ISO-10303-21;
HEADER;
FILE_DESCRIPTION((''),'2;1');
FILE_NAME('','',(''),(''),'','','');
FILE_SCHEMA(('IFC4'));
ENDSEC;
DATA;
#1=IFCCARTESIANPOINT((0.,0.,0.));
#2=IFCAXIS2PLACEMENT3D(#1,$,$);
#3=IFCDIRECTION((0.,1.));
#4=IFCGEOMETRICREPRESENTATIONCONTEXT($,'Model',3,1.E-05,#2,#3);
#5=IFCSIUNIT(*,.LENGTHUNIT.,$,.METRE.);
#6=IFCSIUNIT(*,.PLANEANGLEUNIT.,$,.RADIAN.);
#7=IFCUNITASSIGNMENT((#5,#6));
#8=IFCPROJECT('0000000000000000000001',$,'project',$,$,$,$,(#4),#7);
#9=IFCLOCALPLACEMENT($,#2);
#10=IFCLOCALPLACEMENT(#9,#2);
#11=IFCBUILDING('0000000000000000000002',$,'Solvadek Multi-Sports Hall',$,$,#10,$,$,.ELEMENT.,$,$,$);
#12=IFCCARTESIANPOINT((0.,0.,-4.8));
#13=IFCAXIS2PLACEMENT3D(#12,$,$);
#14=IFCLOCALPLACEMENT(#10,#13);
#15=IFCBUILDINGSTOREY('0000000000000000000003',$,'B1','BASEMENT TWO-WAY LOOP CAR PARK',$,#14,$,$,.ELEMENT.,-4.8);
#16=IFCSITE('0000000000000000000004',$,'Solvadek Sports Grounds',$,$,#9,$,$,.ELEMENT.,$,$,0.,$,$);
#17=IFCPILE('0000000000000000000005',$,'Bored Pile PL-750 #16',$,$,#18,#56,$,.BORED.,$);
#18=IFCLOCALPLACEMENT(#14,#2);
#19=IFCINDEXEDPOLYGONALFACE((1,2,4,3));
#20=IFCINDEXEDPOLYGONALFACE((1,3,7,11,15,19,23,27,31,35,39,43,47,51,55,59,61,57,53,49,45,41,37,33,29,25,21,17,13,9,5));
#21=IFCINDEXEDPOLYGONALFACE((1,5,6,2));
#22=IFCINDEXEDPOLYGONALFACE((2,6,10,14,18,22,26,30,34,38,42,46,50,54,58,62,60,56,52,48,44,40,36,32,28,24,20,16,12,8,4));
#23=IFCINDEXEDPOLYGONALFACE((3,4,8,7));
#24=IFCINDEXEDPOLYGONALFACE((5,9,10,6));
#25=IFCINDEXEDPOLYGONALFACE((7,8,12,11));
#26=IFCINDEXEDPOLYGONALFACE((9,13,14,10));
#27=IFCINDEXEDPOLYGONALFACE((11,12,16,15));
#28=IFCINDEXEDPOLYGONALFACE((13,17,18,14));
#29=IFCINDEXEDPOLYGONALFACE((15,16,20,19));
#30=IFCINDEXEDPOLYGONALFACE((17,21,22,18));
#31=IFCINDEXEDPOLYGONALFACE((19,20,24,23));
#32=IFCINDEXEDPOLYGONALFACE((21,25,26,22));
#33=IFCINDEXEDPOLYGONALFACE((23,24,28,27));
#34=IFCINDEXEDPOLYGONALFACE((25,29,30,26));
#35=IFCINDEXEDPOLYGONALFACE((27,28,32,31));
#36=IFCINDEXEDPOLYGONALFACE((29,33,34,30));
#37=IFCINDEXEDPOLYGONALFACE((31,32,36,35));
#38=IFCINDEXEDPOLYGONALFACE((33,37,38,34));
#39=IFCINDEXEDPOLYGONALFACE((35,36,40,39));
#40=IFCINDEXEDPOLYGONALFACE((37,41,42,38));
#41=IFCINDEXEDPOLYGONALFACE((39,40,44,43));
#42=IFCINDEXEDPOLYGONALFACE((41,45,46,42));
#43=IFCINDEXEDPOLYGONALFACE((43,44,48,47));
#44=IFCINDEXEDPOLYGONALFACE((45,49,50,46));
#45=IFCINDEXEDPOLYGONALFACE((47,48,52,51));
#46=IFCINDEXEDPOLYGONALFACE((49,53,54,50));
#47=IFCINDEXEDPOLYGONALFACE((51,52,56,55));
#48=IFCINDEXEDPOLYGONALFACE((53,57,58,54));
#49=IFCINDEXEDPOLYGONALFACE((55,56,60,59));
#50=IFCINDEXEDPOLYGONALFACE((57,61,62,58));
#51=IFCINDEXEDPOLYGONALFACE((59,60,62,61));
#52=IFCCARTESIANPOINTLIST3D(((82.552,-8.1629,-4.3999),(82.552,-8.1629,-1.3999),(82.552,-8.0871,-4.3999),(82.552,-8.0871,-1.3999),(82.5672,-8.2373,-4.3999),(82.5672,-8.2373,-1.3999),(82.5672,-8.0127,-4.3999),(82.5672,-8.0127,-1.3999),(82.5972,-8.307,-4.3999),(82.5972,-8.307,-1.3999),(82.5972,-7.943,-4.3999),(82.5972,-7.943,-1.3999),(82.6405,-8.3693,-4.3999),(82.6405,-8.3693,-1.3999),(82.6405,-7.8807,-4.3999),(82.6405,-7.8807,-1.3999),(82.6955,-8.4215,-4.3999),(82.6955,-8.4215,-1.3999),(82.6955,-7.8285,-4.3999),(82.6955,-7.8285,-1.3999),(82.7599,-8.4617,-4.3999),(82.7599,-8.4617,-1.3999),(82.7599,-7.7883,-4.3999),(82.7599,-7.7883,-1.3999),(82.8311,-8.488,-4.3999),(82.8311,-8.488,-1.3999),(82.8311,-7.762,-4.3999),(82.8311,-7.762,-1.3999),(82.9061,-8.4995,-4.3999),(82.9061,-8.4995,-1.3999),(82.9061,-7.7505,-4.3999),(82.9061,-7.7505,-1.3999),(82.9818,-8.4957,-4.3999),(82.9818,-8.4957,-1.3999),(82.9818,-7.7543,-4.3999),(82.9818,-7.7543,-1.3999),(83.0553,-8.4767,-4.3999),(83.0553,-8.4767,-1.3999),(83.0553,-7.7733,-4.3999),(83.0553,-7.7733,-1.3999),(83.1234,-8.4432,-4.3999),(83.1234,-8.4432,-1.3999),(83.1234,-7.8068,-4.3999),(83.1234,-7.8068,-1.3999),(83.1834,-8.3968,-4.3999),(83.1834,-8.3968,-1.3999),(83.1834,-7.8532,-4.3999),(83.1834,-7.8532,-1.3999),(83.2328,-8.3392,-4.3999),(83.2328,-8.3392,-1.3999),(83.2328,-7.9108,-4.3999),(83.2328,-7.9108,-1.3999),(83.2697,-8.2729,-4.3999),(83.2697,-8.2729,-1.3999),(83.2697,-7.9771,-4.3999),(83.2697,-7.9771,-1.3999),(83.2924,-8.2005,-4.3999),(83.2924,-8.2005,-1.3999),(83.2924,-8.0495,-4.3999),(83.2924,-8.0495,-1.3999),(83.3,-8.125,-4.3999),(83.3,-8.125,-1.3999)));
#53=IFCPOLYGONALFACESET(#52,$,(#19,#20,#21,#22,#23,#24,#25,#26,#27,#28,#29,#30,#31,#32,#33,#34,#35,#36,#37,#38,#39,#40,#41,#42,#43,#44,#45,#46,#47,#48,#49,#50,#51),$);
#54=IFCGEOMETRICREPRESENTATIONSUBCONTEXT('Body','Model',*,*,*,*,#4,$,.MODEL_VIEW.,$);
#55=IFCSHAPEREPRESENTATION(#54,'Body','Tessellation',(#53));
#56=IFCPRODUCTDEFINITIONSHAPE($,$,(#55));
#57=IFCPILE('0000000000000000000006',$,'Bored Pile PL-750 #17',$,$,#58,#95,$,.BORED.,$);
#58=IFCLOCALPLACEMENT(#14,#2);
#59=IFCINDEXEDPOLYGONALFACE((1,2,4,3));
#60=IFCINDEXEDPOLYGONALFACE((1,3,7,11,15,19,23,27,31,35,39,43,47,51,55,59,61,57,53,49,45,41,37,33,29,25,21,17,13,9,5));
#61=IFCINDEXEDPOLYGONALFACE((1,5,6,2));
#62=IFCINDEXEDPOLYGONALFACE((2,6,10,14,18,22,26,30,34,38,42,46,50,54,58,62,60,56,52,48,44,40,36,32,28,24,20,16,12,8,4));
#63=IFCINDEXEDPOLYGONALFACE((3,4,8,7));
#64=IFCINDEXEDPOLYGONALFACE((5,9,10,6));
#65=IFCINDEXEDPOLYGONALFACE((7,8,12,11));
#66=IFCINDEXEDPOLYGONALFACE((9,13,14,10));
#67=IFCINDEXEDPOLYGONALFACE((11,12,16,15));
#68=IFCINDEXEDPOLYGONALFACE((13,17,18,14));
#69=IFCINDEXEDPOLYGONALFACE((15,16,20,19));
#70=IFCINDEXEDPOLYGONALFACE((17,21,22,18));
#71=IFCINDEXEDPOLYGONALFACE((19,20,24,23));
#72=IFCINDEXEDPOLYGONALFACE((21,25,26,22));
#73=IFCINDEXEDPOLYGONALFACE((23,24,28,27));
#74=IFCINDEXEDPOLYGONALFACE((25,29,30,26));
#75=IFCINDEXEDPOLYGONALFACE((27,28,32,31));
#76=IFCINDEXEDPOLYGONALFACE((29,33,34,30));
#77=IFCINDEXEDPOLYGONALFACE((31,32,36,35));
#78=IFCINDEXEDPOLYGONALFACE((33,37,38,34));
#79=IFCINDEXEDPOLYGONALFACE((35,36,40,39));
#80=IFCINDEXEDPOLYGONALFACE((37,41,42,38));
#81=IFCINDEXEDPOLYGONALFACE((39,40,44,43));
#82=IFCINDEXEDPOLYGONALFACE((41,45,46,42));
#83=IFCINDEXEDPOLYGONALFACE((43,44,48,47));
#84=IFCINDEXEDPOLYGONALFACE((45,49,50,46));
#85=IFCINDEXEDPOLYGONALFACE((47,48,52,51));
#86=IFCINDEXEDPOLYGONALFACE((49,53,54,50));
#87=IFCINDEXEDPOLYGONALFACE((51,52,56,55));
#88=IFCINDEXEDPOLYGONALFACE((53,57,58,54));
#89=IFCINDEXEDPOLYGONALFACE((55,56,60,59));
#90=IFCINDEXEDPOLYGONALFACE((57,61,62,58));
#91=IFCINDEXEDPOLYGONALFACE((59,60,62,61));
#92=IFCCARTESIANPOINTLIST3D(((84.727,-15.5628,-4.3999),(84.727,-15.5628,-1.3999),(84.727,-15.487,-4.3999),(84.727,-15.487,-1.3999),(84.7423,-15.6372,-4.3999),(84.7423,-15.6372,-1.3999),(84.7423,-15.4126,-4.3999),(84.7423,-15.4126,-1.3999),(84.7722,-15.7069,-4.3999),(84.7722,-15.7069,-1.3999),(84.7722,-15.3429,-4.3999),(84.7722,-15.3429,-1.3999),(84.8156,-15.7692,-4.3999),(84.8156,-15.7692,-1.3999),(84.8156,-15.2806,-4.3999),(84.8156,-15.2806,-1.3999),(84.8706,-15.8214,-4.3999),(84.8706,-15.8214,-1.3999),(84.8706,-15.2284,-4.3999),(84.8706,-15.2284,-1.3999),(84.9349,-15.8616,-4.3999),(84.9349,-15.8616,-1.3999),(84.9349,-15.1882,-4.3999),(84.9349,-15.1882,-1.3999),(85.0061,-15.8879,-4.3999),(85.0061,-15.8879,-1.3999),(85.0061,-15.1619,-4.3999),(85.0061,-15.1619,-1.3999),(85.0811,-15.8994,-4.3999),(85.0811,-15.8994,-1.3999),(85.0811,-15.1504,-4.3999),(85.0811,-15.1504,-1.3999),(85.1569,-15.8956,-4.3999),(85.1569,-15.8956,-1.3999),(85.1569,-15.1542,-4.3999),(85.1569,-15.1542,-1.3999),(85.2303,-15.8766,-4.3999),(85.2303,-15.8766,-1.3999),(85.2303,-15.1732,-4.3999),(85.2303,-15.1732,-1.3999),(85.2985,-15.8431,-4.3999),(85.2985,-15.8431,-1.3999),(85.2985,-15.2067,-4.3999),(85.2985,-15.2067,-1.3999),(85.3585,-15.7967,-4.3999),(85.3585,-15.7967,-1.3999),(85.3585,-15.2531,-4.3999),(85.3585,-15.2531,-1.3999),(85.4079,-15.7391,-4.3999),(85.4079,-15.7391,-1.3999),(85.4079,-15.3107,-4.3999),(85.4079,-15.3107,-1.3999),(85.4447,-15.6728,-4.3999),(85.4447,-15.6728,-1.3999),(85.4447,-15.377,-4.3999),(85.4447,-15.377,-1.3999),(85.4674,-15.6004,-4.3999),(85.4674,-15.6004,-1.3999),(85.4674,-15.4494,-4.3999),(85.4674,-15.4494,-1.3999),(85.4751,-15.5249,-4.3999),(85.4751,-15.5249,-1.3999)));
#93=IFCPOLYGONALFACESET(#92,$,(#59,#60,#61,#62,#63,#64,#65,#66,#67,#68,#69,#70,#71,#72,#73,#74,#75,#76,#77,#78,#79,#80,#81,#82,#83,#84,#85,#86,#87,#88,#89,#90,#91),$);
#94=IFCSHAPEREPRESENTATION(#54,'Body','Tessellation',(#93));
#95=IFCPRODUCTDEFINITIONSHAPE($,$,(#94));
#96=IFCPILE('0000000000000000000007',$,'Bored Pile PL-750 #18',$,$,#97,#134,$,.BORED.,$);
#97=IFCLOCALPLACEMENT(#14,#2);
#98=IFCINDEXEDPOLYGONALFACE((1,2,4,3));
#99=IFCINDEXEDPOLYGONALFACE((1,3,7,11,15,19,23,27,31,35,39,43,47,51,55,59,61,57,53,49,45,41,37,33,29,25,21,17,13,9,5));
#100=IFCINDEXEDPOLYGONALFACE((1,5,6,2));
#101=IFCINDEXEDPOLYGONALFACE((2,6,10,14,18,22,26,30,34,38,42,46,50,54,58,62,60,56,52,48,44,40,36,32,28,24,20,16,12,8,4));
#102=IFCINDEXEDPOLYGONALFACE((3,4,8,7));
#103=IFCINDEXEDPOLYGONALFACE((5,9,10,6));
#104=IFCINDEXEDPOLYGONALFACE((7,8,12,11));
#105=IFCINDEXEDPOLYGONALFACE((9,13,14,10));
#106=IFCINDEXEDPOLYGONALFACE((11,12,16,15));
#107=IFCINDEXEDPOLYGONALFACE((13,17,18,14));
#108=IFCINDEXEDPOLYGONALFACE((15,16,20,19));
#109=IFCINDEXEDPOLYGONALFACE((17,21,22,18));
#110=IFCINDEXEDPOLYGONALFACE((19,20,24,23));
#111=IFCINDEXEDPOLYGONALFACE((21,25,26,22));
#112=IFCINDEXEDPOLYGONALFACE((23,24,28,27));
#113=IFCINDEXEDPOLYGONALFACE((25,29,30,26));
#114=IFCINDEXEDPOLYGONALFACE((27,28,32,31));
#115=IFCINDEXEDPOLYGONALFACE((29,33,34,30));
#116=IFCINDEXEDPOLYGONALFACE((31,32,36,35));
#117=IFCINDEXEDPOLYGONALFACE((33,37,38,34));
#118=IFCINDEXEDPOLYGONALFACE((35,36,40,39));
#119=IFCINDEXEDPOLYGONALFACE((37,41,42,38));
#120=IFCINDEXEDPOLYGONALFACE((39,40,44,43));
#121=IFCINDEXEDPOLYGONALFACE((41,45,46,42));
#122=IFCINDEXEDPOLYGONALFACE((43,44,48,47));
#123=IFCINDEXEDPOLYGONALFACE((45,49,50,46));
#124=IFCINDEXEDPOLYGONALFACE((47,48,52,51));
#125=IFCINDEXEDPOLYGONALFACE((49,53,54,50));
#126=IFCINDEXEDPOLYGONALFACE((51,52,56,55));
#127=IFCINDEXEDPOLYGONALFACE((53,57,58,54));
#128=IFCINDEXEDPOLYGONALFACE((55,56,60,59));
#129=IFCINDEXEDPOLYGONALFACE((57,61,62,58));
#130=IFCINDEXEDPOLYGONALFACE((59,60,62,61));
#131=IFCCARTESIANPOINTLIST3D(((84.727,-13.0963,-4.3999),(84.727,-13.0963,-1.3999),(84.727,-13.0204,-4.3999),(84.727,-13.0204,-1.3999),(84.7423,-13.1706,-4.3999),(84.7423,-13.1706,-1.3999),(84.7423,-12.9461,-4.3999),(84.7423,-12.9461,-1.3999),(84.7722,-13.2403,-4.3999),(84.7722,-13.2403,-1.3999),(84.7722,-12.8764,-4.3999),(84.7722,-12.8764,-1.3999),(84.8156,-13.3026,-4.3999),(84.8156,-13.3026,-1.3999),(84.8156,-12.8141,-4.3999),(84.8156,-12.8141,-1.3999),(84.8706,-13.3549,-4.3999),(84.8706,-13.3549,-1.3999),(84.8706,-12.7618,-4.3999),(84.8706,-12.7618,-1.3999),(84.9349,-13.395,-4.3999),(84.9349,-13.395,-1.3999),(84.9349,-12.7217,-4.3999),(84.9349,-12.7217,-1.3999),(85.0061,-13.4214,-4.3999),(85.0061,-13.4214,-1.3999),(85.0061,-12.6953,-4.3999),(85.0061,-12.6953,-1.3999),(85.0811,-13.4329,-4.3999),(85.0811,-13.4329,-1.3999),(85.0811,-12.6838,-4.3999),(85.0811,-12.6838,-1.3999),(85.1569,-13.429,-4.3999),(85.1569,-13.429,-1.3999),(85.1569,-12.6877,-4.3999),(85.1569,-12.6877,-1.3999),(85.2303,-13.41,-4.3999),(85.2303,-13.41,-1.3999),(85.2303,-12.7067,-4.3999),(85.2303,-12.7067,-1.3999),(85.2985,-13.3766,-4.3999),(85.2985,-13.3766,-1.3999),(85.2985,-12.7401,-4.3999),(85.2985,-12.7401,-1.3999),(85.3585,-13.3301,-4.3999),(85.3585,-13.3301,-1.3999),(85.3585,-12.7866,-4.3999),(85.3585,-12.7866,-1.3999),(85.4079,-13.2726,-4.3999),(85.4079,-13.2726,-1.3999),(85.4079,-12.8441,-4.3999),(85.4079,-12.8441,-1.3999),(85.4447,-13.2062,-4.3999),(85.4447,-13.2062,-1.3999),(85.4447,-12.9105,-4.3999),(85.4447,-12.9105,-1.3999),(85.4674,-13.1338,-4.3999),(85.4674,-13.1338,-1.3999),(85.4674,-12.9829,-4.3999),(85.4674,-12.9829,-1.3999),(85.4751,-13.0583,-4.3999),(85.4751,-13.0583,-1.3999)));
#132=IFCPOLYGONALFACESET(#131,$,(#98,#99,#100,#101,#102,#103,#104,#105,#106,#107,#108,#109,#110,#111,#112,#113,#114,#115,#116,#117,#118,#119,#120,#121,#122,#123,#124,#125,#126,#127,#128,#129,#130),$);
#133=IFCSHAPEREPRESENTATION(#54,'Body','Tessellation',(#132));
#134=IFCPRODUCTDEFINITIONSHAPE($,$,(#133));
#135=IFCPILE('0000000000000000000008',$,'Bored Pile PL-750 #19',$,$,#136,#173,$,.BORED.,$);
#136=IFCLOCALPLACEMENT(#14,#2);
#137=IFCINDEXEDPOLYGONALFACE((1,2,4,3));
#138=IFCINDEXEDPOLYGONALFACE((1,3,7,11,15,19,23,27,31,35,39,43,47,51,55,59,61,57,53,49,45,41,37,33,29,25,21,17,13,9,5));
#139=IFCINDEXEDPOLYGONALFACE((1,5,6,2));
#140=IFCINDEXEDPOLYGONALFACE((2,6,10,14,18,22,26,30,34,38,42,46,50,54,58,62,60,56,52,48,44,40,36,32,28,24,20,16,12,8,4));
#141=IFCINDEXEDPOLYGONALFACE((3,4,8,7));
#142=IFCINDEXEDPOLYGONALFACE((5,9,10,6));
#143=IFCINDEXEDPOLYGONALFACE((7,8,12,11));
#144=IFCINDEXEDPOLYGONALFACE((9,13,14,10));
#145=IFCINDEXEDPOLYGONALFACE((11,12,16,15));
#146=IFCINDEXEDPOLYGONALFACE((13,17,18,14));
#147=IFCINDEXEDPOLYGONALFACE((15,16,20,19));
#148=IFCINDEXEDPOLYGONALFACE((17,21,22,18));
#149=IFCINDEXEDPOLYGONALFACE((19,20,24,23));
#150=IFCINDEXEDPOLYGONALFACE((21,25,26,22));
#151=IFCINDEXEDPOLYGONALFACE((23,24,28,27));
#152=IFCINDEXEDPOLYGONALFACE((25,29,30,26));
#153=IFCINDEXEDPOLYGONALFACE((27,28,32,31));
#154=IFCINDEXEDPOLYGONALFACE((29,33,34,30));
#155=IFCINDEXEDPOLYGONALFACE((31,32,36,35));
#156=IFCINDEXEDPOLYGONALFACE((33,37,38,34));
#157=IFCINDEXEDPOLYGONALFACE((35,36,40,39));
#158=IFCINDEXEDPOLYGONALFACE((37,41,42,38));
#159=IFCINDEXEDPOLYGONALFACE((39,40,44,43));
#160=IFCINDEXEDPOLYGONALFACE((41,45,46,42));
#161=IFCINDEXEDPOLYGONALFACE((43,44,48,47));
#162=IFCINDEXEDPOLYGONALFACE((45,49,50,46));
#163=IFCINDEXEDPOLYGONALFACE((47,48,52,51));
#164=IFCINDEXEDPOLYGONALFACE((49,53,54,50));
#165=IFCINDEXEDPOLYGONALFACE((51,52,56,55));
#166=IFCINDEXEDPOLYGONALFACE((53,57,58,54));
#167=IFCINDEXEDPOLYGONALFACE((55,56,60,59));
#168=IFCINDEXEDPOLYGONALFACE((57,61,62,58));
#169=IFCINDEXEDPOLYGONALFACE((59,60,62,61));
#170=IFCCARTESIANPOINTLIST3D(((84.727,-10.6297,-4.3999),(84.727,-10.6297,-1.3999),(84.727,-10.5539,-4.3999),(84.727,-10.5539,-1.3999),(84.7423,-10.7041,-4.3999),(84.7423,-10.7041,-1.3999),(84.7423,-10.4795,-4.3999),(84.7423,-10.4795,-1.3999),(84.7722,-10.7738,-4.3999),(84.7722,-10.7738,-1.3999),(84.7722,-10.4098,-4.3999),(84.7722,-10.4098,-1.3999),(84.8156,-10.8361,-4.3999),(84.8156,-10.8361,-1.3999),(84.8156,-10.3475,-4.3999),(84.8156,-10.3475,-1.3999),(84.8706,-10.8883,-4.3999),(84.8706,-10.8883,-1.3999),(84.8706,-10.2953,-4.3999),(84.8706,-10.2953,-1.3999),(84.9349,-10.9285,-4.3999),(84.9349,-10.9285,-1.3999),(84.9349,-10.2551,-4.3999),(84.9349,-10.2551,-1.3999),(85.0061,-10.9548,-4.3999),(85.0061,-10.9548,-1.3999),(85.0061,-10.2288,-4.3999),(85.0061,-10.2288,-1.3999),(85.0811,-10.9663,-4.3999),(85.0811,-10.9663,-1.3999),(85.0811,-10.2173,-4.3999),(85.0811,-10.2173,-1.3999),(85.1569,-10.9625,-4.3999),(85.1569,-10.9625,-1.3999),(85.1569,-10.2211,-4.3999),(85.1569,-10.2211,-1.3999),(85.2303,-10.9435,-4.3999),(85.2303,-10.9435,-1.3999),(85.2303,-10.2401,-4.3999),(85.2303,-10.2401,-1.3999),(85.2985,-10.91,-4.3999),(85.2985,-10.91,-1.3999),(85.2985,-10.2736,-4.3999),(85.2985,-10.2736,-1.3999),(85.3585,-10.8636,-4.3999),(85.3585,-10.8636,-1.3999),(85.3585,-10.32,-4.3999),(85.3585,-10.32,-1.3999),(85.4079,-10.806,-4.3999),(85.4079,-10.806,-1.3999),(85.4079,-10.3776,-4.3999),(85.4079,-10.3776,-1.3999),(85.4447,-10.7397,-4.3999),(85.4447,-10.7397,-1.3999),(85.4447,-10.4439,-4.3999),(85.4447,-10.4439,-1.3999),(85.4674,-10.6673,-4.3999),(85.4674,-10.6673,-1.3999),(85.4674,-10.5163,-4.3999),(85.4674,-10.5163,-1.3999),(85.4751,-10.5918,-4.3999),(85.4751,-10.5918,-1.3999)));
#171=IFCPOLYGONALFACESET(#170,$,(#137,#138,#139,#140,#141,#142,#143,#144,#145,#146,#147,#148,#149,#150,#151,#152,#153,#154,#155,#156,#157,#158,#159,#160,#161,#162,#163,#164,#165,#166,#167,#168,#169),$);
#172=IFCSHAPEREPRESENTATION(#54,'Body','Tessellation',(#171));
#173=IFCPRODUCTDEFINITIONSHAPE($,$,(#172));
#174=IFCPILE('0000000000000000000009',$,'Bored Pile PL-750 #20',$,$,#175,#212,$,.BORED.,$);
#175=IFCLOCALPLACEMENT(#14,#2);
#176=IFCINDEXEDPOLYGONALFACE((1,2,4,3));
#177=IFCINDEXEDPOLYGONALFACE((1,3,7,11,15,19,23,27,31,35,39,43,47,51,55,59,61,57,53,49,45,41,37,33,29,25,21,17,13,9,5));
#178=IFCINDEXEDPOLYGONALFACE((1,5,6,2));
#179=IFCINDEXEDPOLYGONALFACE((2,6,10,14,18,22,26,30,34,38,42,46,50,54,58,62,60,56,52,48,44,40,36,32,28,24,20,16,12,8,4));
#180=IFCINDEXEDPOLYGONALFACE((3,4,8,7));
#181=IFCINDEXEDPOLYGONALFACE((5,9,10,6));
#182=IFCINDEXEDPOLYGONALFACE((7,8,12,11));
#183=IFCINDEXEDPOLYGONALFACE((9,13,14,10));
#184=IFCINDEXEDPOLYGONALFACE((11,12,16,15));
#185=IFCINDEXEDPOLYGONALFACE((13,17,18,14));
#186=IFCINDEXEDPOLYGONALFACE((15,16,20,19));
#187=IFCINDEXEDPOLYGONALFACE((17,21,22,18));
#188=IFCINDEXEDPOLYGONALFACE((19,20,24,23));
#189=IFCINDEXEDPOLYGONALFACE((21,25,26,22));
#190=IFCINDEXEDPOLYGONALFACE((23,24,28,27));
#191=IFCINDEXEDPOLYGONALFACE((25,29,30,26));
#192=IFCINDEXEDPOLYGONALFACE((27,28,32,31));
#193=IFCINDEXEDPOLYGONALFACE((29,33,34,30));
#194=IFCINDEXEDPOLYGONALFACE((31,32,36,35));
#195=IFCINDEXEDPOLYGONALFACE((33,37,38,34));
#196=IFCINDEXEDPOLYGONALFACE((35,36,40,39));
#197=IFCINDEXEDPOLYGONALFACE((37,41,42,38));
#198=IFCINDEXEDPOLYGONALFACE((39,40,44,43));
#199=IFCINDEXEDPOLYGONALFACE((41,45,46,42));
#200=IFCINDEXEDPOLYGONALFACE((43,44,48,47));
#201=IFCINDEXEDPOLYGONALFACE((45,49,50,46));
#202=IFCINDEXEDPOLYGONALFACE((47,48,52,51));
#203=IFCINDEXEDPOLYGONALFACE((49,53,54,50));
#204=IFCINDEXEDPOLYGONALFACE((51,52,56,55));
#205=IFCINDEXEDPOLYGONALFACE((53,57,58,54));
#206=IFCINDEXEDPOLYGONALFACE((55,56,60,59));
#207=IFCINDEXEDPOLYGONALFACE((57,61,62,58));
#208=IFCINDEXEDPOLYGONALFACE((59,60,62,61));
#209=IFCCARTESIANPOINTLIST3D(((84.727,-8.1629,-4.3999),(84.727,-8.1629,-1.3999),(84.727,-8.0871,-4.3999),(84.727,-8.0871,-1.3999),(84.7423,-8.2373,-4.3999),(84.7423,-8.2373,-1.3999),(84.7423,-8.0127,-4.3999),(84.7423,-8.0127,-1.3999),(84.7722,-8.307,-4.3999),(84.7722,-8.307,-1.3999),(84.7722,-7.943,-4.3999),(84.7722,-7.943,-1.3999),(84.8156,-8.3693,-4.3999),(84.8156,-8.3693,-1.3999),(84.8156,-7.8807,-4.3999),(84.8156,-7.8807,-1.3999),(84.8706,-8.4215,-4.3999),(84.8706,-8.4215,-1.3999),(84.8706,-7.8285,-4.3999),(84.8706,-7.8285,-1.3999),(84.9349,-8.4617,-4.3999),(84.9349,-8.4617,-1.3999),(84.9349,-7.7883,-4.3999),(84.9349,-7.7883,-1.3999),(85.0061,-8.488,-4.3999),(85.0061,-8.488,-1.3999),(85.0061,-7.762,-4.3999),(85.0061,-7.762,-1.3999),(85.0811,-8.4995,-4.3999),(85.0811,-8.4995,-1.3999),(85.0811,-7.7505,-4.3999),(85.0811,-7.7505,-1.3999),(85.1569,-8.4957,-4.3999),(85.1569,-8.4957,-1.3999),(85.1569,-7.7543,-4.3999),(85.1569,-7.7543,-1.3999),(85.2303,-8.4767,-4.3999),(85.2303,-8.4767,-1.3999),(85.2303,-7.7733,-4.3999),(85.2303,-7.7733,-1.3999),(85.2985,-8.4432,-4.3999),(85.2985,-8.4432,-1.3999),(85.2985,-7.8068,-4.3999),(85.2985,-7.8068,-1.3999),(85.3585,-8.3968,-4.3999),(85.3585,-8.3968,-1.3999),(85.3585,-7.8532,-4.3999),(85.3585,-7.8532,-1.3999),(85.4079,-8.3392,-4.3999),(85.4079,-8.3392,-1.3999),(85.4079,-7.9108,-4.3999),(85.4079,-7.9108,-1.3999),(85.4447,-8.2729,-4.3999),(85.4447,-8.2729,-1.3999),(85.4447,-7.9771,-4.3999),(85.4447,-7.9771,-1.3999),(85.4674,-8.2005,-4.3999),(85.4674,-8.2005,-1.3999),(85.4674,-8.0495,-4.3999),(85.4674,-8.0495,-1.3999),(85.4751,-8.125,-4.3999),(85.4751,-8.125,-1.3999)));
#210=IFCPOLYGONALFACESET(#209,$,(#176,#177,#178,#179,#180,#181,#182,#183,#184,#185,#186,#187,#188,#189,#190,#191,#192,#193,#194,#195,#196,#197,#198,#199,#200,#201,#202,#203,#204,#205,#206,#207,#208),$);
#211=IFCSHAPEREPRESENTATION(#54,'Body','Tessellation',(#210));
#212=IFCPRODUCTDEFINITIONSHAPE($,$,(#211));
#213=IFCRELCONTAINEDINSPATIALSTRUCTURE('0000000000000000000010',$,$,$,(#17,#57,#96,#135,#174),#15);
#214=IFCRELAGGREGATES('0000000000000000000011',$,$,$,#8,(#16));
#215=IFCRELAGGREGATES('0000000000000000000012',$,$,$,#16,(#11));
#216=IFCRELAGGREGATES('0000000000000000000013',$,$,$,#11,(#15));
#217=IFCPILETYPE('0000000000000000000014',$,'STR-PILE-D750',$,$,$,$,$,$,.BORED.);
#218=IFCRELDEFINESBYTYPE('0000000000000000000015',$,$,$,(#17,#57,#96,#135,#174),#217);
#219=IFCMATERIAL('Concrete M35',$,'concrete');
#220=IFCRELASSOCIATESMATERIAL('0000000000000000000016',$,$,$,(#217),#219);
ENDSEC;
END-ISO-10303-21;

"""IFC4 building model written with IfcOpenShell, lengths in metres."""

from ifc_helpers import new_model, si_unit, direction, frame, origin, origin_2d, place, context, subcontext, project, spatial, circle, extrude, material, material_profile, profile_set, type_object, element, save


model = new_model("IFC4")

# Units and contexts
model_context = context("Model", 3, precision=1e-05, world=origin(), true_north=direction((0.0, 1.0)))
body_context = subcontext(model_context, "Body", "Model", "MODEL_VIEW")
ifc_project = project(units=[si_unit("LENGTHUNIT", "METRE"), si_unit("PLANEANGLEUNIT", "RADIAN")], contexts=[model_context])

# Site, building, storey
site_placement = place(None, origin())
site = spatial("IfcSite", under=ifc_project, at=site_placement, Name="Solvadek Sports Grounds", CompositionType="ELEMENT", RefElevation=0.0)
building_placement = place(site_placement, origin())
building = spatial("IfcBuilding", under=site, at=building_placement, Name="Solvadek Multi-Sports Hall", CompositionType="ELEMENT")
storey_placement = place(building_placement, frame((0.0, 0.0, -4.8)))
storey = spatial("IfcBuildingStorey", under=building, at=storey_placement, Name="B1", Description="BASEMENT TWO-WAY LOOP CAR PARK", CompositionType="ELEMENT", Elevation=-4.8)

# Piles
ifc_material_1 = material(Name="Concrete M35", Category="concrete")
ifc_material_profile_1 = material_profile(ifc_material_1, circle(Radius=0.375, at=origin_2d()), Name="BORED PILE D750")
ifc_profile_set_1 = profile_set([ifc_material_profile_1], Name="Concrete M35")
pile_type_1 = type_object("IfcPileType", Name="STR-PILE-D750", PredefinedType="BORED", material=ifc_profile_set_1)
for number, where, z_axis, x_axis, name in (
    (1, (82.925, -8.125, -1.3999), (0.0, 0.0, -1.0), (1.0, 0.0, 0.0), "Bored Pile PL-750 #16"),
    (2, (85.1001, -15.5249, -1.3999), (0.0, 0.0, -1.0), (1.0, 0.0, 0.0), "Bored Pile PL-750 #17"),
    (3, (85.1001, -13.0583, -1.3999), (0.0, 0.0, -1.0), (1.0, 0.0, 0.0), "Bored Pile PL-750 #18"),
    (4, (85.1001, -10.5918, -1.3999), (0.0, 0.0, -1.0), (1.0, 0.0, 0.0), "Bored Pile PL-750 #19"),
    (5, (85.1001, -8.125, -1.3999), (0.0, 0.0, -1.0), (1.0, 0.0, 0.0), "Bored Pile PL-750 #20"),
):
    element("IfcPile", number, at=place(storey_placement, frame(where, z_axis=z_axis, x_axis=x_axis)), inside=storey, type_object=pile_type_1, Name=name, PredefinedType="BORED", context=body_context, shape_type="SweptSolid", body=[
        extrude(circle(Radius=0.375, at=origin_2d()), origin(), (0.0, 0.0, 1.0), 3.0),
    ])

save(model, "model.ifc")
